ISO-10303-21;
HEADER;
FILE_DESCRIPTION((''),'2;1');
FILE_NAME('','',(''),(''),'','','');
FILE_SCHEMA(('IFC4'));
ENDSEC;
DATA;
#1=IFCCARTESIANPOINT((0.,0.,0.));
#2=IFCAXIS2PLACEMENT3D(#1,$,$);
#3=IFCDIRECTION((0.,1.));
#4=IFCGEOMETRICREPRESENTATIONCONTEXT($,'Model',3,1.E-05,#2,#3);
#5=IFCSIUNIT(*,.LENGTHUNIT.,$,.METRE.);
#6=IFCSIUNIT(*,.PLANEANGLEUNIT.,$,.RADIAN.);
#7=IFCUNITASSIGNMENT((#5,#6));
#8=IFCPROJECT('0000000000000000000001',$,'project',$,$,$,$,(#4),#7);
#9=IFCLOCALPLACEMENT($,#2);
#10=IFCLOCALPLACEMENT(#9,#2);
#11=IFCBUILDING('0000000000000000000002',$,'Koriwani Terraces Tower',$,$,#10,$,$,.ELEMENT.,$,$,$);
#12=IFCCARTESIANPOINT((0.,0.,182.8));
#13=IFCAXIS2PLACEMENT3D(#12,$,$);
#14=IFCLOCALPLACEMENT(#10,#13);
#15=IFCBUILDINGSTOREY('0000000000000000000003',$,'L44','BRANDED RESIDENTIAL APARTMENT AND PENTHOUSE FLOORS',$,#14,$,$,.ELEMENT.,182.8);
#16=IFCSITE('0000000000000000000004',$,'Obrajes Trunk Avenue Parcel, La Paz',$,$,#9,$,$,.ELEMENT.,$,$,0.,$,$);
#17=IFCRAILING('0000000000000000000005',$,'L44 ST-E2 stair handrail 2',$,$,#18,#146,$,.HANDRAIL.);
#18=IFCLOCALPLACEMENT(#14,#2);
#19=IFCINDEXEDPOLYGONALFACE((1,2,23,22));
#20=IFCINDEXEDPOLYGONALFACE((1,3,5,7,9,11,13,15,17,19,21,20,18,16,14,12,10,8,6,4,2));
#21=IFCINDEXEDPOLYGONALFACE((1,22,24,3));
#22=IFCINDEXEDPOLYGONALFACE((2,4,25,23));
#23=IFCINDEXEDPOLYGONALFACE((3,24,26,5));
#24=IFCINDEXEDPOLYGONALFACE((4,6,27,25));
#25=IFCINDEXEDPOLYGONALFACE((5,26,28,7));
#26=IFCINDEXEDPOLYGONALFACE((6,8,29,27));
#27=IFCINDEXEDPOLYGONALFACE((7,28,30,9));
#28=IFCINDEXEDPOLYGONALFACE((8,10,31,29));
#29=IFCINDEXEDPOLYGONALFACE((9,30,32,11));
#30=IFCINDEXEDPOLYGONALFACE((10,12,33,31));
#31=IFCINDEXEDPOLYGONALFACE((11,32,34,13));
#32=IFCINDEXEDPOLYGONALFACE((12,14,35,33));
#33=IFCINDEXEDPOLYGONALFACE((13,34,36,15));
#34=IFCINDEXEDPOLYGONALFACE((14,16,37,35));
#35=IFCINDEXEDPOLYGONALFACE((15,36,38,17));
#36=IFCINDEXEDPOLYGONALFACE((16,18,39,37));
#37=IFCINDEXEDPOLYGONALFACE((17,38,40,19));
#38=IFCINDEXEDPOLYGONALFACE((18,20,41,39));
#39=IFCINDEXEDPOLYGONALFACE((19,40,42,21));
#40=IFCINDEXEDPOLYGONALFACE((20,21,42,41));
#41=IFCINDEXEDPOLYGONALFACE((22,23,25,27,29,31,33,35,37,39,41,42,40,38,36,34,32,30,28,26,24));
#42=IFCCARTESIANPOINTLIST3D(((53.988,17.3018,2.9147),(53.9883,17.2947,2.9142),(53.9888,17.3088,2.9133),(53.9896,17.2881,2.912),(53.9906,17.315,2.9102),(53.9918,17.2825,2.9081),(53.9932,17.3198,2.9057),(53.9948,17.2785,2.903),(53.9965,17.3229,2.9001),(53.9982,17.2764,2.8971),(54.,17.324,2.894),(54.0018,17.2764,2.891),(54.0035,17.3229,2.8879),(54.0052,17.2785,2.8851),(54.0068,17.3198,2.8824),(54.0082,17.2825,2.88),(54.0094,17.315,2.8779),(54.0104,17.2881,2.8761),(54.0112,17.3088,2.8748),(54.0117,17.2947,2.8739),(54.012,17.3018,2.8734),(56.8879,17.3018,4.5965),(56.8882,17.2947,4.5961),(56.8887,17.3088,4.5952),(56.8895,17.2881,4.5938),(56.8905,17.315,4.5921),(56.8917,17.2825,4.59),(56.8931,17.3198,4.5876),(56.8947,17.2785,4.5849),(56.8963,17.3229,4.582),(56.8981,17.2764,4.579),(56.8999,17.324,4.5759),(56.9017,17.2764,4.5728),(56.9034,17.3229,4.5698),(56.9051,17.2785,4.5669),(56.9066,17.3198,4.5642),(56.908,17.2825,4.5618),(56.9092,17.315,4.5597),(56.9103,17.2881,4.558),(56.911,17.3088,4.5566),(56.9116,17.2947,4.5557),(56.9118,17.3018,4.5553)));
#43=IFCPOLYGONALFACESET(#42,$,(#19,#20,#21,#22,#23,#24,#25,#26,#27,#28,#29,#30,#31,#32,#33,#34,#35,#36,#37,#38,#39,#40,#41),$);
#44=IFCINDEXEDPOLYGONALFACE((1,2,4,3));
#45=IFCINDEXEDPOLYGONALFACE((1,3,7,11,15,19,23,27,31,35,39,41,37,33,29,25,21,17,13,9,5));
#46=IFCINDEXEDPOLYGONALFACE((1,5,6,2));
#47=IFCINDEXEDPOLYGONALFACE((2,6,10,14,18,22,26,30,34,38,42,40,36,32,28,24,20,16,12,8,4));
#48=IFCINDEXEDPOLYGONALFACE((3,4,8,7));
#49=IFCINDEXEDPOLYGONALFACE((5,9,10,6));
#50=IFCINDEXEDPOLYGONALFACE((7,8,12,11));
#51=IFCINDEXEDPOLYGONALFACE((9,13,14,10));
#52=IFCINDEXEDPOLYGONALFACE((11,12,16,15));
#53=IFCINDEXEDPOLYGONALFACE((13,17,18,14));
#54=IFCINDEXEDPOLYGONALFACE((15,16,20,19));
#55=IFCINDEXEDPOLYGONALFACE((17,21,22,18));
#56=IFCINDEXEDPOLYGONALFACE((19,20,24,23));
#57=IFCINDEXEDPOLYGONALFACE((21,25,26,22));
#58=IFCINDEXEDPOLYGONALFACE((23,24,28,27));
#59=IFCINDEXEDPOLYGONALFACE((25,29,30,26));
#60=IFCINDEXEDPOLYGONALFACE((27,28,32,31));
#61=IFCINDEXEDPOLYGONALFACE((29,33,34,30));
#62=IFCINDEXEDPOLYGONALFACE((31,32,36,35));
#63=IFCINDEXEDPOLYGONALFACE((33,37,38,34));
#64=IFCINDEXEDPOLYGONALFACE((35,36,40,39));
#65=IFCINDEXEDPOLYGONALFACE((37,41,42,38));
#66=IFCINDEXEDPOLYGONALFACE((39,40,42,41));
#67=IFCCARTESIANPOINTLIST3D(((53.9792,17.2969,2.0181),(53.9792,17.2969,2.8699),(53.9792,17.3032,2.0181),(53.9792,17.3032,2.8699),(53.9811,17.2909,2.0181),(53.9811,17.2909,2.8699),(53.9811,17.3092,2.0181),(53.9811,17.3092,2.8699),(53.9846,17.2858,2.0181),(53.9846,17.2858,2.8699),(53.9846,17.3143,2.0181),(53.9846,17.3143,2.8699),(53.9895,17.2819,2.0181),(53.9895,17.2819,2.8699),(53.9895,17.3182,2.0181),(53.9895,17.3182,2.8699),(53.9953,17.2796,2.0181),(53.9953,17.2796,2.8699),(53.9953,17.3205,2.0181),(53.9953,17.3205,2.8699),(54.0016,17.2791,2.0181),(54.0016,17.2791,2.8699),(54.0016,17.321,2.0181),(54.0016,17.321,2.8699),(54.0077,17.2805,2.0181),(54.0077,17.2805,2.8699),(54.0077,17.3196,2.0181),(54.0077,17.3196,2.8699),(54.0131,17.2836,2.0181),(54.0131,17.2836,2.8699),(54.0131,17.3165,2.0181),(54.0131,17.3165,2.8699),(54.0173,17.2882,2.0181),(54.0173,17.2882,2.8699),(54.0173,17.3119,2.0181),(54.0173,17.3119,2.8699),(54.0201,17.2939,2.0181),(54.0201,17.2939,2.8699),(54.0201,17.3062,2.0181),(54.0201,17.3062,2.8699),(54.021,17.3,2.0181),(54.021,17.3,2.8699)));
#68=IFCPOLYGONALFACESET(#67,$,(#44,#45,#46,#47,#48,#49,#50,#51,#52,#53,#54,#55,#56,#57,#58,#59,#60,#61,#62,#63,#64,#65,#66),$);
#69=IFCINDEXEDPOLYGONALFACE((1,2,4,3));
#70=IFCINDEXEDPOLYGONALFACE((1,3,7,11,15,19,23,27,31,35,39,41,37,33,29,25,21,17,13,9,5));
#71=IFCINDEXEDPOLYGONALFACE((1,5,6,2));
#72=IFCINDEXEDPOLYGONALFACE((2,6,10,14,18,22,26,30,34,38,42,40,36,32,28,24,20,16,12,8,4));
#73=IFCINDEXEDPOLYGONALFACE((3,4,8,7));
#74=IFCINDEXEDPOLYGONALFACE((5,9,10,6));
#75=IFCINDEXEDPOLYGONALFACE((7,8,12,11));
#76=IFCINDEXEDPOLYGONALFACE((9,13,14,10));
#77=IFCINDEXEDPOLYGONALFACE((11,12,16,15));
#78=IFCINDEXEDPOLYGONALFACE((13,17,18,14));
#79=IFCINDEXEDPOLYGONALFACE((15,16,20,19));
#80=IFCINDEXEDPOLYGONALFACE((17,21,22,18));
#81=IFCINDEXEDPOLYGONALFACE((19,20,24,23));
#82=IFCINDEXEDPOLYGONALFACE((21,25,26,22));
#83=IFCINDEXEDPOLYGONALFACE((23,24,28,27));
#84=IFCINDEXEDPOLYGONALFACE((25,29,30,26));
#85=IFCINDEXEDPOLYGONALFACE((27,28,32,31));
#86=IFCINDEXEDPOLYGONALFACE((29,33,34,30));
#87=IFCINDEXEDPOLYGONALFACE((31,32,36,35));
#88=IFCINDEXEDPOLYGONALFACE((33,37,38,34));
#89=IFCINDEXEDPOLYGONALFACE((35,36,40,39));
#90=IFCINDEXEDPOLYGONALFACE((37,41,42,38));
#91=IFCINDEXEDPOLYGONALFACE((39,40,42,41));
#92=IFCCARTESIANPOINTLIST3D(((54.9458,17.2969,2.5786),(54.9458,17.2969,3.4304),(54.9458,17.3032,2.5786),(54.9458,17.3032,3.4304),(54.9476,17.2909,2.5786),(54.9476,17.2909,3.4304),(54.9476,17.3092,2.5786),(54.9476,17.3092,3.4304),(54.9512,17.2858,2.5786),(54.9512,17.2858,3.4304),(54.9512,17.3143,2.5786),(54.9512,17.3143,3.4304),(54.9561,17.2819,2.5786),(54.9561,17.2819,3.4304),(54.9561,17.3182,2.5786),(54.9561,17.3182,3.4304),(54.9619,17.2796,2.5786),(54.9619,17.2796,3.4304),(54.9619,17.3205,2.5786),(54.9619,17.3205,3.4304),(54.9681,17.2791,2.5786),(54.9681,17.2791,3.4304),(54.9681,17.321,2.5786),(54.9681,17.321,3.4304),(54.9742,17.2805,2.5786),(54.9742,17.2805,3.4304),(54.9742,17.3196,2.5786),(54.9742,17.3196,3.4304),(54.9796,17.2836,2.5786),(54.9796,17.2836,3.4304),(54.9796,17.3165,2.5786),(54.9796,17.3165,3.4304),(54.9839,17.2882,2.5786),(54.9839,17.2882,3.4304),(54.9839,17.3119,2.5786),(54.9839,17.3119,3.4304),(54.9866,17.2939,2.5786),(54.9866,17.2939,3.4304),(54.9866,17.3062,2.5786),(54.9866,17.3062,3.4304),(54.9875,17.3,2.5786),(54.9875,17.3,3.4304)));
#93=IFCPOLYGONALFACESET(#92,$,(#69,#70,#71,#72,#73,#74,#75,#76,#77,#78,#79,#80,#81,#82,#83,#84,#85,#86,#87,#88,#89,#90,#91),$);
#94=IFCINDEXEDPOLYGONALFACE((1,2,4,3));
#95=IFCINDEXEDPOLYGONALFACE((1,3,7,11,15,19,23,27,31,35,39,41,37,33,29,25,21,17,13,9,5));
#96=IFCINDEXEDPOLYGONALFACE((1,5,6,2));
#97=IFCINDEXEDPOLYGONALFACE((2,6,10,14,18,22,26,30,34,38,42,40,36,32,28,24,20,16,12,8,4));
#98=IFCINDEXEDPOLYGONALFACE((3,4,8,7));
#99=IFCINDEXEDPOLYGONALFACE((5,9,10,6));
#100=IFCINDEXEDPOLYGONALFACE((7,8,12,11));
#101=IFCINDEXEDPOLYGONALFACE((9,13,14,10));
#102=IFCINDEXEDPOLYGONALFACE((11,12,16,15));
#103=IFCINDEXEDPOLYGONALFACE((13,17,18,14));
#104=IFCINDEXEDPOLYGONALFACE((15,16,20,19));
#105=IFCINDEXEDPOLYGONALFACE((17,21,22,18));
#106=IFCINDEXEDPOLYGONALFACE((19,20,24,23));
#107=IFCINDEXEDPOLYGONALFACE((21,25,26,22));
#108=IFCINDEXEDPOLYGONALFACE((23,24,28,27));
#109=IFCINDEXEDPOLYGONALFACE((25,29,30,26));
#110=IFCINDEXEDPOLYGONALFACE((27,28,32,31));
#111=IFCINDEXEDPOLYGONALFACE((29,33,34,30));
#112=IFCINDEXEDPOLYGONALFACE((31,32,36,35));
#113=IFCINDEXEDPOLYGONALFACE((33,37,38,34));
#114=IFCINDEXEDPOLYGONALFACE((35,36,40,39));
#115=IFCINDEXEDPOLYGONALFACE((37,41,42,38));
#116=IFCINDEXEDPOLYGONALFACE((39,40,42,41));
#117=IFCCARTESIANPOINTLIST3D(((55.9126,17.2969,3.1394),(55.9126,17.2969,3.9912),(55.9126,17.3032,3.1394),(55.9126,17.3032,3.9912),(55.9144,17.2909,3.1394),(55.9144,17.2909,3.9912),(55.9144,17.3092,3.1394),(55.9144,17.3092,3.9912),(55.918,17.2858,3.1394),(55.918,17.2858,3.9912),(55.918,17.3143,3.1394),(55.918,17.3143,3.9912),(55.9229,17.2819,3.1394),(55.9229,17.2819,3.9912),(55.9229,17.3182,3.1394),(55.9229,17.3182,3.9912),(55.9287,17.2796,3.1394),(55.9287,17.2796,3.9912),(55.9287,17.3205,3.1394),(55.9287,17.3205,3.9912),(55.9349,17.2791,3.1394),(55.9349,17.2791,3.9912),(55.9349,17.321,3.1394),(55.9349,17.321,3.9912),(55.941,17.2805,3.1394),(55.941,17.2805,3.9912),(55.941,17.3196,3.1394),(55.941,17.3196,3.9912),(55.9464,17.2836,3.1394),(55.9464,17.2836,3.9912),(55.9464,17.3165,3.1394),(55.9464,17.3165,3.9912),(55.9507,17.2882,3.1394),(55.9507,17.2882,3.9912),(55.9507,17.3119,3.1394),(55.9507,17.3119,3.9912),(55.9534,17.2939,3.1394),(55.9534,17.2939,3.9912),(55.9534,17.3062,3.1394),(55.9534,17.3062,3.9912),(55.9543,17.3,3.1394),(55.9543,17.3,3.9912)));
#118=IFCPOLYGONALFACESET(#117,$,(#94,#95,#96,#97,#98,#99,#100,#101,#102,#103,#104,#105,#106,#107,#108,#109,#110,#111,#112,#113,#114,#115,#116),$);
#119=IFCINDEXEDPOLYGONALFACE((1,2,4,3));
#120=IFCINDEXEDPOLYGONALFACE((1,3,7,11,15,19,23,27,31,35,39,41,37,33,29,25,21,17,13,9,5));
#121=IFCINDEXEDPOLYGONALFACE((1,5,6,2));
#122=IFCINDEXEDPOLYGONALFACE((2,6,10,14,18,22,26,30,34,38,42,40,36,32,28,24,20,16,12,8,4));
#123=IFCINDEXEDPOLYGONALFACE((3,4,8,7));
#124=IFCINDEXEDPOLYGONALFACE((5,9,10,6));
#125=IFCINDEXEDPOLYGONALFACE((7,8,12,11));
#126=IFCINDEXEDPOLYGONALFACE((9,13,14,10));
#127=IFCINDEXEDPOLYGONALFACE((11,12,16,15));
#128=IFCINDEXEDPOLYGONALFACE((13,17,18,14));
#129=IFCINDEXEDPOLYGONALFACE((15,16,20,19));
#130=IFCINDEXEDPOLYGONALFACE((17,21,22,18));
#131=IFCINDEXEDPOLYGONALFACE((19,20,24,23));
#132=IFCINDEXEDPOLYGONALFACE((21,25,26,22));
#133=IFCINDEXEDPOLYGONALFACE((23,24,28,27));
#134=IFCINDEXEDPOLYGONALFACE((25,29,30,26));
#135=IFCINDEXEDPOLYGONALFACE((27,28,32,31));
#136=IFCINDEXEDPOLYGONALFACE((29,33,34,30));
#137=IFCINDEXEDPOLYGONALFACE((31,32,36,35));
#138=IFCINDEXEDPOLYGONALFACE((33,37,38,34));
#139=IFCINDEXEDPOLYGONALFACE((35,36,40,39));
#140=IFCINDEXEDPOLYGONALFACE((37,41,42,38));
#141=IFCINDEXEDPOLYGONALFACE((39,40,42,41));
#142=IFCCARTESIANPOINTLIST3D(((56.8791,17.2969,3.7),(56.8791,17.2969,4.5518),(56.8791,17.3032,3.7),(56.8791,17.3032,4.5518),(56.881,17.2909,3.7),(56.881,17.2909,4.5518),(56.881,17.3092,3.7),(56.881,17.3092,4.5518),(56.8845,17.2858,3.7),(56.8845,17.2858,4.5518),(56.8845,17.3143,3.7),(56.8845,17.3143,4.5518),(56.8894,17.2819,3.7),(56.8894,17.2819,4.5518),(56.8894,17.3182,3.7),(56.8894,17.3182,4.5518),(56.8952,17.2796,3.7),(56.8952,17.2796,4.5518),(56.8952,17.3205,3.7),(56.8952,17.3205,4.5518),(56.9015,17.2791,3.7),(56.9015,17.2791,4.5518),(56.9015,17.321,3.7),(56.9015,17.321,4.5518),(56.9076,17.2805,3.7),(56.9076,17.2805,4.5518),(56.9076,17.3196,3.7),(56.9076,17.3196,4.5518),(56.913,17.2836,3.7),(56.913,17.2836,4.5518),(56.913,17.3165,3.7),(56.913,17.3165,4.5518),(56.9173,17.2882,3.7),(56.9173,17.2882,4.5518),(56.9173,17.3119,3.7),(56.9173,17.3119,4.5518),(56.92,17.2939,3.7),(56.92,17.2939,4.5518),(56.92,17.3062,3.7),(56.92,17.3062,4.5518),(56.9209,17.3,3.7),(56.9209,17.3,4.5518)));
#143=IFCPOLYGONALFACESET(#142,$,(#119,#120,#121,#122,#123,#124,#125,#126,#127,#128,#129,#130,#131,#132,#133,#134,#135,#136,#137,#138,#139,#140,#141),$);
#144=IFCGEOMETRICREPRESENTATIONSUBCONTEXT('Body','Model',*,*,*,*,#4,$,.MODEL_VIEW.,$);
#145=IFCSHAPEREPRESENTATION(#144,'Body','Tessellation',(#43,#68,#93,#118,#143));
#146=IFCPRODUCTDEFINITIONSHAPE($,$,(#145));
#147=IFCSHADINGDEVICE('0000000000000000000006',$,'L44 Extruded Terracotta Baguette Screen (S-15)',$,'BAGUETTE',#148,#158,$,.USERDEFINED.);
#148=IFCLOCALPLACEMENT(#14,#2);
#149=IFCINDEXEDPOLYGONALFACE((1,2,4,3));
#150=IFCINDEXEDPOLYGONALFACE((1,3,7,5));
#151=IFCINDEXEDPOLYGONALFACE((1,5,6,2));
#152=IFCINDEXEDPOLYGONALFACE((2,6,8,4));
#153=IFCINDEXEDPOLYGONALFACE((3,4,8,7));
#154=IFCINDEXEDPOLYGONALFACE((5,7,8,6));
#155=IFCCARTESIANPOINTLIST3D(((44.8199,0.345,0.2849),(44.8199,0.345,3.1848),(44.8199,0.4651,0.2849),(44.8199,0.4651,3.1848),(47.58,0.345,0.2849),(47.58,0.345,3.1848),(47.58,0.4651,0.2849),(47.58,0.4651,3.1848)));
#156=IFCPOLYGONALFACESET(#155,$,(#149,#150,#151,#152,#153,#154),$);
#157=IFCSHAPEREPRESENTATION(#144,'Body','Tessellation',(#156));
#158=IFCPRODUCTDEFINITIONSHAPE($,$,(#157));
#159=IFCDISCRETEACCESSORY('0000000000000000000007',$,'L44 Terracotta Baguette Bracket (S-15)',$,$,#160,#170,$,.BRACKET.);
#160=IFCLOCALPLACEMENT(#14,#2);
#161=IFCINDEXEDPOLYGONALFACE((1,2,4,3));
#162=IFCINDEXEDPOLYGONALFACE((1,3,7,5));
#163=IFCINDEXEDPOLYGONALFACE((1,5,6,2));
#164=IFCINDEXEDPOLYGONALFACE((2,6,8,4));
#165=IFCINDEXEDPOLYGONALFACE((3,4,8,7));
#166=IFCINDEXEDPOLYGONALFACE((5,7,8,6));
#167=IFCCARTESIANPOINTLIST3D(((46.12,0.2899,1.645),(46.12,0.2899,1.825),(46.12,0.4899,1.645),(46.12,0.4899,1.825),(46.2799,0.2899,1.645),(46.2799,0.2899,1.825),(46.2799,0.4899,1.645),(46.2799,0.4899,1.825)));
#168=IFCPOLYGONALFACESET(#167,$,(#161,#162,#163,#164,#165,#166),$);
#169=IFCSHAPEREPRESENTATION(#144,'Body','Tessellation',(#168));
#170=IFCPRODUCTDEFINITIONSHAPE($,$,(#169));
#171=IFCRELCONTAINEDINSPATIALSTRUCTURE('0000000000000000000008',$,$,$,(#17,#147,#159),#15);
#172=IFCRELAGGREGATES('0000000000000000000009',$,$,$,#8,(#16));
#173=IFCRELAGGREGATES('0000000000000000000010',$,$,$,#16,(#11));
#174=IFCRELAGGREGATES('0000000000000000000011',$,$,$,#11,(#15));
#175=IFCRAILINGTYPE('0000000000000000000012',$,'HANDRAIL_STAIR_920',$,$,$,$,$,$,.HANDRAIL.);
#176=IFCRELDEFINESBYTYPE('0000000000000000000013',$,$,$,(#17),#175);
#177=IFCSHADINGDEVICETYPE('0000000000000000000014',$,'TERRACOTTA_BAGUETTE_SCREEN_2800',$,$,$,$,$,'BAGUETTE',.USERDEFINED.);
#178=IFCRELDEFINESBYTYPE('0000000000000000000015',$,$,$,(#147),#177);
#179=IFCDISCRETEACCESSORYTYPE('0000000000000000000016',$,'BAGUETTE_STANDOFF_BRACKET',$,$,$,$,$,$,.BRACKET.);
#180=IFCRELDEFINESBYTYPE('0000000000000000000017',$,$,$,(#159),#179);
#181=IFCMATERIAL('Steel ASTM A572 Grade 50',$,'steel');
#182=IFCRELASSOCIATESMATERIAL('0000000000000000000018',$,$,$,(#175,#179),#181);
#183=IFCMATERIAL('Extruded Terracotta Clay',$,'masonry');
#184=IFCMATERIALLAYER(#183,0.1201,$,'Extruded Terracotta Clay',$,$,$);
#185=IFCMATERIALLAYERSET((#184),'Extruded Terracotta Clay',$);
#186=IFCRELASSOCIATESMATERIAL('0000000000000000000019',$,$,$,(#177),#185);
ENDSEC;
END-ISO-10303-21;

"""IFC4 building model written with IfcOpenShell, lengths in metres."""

from ifc_helpers import new_model, si_unit, direction, frame, origin, origin_2d, place, context, subcontext, project, spatial, rectangle, circle, extrude, material, layer, layer_set, type_object, element, save


model = new_model("IFC4")

# Units and contexts
model_context = context("Model", 3, precision=1e-05, world=origin(), true_north=direction((0.0, 1.0)))
body_context = subcontext(model_context, "Body", "Model", "MODEL_VIEW")
ifc_project = project(units=[si_unit("LENGTHUNIT", "METRE"), si_unit("PLANEANGLEUNIT", "RADIAN")], contexts=[model_context])

# Site, building, storey
site_placement = place(None, origin())
site = spatial("IfcSite", under=ifc_project, at=site_placement, Name="Obrajes Trunk Avenue Parcel, La Paz", CompositionType="ELEMENT", RefElevation=0.0)
building_placement = place(site_placement, origin())
building = spatial("IfcBuilding", under=site, at=building_placement, Name="Koriwani Terraces Tower", CompositionType="ELEMENT")
storey_placement = place(building_placement, frame((0.0, 0.0, 182.8)))
storey = spatial("IfcBuildingStorey", under=building, at=storey_placement, Name="L44", Description="BRANDED RESIDENTIAL APARTMENT AND PENTHOUSE FLOORS", CompositionType="ELEMENT", Elevation=182.8)

# Shared definitions
ifc_material_1 = material(Name="Steel ASTM A572 Grade 50", Category="steel")

# Railing
railing_type = type_object("IfcRailingType", Name="HANDRAIL_STAIR_920", PredefinedType="HANDRAIL", material=ifc_material_1)
railing_placement = place(storey_placement, frame((54.0, 17.3, 2.0181)))
element("IfcRailing", 1, at=railing_placement, inside=storey, type_object=railing_type, Name="L44 ST-E2 stair handrail 2", PredefinedType="HANDRAIL", context=body_context, shape_type="SweptSolid", body=[
    extrude(circle(Radius=0.0239, at=origin_2d()), frame((0.0, 0.0, 0.876), z_axis=(0.865039, 0.0, 0.501705), x_axis=(0.0, 1.0, 0.0)), (0.0, 0.0, 1.0), 3.3523),
    extrude(circle(Radius=0.021, at=origin_2d()), origin(), (0.0, 0.0, 1.0), 0.8518),
    extrude(circle(Radius=0.021, at=origin_2d()), frame((0.9666, 0.0, 0.5605)), (0.0, 0.0, 1.0), 0.8518),
    extrude(circle(Radius=0.021, at=origin_2d()), frame((1.9333, 0.0, 1.1213)), (0.0, 0.0, 1.0), 0.8518),
    extrude(circle(Radius=0.021, at=origin_2d()), frame((2.8999, 0.0, 1.6819)), (0.0, 0.0, 1.0), 0.8518),
])

# Shading device
ifc_material_2 = material(Name="Extruded Terracotta Clay", Category="masonry")
ifc_layer_1 = layer(ifc_material_2, 0.1201, Name="Extruded Terracotta Clay")
ifc_layer_set_1 = layer_set([ifc_layer_1], Name="Extruded Terracotta Clay")
shading_device_type = type_object("IfcShadingDeviceType", Name="TERRACOTTA_BAGUETTE_SCREEN_2800", ElementType="BAGUETTE", PredefinedType="USERDEFINED", material=ifc_layer_set_1)
shading_device_placement = place(storey_placement, frame((46.2, 0.405, 0.2849), z_axis=(0.0, 0.0, 1.0), x_axis=(-1.0, 0.0, 0.0)))
element("IfcShadingDevice", 2, at=shading_device_placement, inside=storey, type_object=shading_device_type, Name="L44 Extruded Terracotta Baguette Screen (S-15)", ObjectType="BAGUETTE", PredefinedType="USERDEFINED", context=body_context, shape_type="SweptSolid", body=[
    extrude(rectangle(XDim=2.76, YDim=0.1201, at=origin_2d()), origin(), (0.0, 0.0, 1.0), 2.8999),
])

# Discrete accessory
discrete_accessory_type = type_object("IfcDiscreteAccessoryType", Name="BAGUETTE_STANDOFF_BRACKET", PredefinedType="BRACKET", material=ifc_material_1)
discrete_accessory_placement = place(storey_placement, frame((46.2, 0.3899, 1.645), z_axis=(0.0, 0.0, 1.0), x_axis=(-1.0, 0.0, 0.0)))
element("IfcDiscreteAccessory", 3, at=discrete_accessory_placement, inside=storey, type_object=discrete_accessory_type, Name="L44 Terracotta Baguette Bracket (S-15)", PredefinedType="BRACKET", context=body_context, shape_type="SweptSolid", body=[
    extrude(rectangle(XDim=0.1599, YDim=0.2, at=origin_2d()), origin(), (0.0, 0.0, 1.0), 0.1799),
])

save(model, "model.ifc")
